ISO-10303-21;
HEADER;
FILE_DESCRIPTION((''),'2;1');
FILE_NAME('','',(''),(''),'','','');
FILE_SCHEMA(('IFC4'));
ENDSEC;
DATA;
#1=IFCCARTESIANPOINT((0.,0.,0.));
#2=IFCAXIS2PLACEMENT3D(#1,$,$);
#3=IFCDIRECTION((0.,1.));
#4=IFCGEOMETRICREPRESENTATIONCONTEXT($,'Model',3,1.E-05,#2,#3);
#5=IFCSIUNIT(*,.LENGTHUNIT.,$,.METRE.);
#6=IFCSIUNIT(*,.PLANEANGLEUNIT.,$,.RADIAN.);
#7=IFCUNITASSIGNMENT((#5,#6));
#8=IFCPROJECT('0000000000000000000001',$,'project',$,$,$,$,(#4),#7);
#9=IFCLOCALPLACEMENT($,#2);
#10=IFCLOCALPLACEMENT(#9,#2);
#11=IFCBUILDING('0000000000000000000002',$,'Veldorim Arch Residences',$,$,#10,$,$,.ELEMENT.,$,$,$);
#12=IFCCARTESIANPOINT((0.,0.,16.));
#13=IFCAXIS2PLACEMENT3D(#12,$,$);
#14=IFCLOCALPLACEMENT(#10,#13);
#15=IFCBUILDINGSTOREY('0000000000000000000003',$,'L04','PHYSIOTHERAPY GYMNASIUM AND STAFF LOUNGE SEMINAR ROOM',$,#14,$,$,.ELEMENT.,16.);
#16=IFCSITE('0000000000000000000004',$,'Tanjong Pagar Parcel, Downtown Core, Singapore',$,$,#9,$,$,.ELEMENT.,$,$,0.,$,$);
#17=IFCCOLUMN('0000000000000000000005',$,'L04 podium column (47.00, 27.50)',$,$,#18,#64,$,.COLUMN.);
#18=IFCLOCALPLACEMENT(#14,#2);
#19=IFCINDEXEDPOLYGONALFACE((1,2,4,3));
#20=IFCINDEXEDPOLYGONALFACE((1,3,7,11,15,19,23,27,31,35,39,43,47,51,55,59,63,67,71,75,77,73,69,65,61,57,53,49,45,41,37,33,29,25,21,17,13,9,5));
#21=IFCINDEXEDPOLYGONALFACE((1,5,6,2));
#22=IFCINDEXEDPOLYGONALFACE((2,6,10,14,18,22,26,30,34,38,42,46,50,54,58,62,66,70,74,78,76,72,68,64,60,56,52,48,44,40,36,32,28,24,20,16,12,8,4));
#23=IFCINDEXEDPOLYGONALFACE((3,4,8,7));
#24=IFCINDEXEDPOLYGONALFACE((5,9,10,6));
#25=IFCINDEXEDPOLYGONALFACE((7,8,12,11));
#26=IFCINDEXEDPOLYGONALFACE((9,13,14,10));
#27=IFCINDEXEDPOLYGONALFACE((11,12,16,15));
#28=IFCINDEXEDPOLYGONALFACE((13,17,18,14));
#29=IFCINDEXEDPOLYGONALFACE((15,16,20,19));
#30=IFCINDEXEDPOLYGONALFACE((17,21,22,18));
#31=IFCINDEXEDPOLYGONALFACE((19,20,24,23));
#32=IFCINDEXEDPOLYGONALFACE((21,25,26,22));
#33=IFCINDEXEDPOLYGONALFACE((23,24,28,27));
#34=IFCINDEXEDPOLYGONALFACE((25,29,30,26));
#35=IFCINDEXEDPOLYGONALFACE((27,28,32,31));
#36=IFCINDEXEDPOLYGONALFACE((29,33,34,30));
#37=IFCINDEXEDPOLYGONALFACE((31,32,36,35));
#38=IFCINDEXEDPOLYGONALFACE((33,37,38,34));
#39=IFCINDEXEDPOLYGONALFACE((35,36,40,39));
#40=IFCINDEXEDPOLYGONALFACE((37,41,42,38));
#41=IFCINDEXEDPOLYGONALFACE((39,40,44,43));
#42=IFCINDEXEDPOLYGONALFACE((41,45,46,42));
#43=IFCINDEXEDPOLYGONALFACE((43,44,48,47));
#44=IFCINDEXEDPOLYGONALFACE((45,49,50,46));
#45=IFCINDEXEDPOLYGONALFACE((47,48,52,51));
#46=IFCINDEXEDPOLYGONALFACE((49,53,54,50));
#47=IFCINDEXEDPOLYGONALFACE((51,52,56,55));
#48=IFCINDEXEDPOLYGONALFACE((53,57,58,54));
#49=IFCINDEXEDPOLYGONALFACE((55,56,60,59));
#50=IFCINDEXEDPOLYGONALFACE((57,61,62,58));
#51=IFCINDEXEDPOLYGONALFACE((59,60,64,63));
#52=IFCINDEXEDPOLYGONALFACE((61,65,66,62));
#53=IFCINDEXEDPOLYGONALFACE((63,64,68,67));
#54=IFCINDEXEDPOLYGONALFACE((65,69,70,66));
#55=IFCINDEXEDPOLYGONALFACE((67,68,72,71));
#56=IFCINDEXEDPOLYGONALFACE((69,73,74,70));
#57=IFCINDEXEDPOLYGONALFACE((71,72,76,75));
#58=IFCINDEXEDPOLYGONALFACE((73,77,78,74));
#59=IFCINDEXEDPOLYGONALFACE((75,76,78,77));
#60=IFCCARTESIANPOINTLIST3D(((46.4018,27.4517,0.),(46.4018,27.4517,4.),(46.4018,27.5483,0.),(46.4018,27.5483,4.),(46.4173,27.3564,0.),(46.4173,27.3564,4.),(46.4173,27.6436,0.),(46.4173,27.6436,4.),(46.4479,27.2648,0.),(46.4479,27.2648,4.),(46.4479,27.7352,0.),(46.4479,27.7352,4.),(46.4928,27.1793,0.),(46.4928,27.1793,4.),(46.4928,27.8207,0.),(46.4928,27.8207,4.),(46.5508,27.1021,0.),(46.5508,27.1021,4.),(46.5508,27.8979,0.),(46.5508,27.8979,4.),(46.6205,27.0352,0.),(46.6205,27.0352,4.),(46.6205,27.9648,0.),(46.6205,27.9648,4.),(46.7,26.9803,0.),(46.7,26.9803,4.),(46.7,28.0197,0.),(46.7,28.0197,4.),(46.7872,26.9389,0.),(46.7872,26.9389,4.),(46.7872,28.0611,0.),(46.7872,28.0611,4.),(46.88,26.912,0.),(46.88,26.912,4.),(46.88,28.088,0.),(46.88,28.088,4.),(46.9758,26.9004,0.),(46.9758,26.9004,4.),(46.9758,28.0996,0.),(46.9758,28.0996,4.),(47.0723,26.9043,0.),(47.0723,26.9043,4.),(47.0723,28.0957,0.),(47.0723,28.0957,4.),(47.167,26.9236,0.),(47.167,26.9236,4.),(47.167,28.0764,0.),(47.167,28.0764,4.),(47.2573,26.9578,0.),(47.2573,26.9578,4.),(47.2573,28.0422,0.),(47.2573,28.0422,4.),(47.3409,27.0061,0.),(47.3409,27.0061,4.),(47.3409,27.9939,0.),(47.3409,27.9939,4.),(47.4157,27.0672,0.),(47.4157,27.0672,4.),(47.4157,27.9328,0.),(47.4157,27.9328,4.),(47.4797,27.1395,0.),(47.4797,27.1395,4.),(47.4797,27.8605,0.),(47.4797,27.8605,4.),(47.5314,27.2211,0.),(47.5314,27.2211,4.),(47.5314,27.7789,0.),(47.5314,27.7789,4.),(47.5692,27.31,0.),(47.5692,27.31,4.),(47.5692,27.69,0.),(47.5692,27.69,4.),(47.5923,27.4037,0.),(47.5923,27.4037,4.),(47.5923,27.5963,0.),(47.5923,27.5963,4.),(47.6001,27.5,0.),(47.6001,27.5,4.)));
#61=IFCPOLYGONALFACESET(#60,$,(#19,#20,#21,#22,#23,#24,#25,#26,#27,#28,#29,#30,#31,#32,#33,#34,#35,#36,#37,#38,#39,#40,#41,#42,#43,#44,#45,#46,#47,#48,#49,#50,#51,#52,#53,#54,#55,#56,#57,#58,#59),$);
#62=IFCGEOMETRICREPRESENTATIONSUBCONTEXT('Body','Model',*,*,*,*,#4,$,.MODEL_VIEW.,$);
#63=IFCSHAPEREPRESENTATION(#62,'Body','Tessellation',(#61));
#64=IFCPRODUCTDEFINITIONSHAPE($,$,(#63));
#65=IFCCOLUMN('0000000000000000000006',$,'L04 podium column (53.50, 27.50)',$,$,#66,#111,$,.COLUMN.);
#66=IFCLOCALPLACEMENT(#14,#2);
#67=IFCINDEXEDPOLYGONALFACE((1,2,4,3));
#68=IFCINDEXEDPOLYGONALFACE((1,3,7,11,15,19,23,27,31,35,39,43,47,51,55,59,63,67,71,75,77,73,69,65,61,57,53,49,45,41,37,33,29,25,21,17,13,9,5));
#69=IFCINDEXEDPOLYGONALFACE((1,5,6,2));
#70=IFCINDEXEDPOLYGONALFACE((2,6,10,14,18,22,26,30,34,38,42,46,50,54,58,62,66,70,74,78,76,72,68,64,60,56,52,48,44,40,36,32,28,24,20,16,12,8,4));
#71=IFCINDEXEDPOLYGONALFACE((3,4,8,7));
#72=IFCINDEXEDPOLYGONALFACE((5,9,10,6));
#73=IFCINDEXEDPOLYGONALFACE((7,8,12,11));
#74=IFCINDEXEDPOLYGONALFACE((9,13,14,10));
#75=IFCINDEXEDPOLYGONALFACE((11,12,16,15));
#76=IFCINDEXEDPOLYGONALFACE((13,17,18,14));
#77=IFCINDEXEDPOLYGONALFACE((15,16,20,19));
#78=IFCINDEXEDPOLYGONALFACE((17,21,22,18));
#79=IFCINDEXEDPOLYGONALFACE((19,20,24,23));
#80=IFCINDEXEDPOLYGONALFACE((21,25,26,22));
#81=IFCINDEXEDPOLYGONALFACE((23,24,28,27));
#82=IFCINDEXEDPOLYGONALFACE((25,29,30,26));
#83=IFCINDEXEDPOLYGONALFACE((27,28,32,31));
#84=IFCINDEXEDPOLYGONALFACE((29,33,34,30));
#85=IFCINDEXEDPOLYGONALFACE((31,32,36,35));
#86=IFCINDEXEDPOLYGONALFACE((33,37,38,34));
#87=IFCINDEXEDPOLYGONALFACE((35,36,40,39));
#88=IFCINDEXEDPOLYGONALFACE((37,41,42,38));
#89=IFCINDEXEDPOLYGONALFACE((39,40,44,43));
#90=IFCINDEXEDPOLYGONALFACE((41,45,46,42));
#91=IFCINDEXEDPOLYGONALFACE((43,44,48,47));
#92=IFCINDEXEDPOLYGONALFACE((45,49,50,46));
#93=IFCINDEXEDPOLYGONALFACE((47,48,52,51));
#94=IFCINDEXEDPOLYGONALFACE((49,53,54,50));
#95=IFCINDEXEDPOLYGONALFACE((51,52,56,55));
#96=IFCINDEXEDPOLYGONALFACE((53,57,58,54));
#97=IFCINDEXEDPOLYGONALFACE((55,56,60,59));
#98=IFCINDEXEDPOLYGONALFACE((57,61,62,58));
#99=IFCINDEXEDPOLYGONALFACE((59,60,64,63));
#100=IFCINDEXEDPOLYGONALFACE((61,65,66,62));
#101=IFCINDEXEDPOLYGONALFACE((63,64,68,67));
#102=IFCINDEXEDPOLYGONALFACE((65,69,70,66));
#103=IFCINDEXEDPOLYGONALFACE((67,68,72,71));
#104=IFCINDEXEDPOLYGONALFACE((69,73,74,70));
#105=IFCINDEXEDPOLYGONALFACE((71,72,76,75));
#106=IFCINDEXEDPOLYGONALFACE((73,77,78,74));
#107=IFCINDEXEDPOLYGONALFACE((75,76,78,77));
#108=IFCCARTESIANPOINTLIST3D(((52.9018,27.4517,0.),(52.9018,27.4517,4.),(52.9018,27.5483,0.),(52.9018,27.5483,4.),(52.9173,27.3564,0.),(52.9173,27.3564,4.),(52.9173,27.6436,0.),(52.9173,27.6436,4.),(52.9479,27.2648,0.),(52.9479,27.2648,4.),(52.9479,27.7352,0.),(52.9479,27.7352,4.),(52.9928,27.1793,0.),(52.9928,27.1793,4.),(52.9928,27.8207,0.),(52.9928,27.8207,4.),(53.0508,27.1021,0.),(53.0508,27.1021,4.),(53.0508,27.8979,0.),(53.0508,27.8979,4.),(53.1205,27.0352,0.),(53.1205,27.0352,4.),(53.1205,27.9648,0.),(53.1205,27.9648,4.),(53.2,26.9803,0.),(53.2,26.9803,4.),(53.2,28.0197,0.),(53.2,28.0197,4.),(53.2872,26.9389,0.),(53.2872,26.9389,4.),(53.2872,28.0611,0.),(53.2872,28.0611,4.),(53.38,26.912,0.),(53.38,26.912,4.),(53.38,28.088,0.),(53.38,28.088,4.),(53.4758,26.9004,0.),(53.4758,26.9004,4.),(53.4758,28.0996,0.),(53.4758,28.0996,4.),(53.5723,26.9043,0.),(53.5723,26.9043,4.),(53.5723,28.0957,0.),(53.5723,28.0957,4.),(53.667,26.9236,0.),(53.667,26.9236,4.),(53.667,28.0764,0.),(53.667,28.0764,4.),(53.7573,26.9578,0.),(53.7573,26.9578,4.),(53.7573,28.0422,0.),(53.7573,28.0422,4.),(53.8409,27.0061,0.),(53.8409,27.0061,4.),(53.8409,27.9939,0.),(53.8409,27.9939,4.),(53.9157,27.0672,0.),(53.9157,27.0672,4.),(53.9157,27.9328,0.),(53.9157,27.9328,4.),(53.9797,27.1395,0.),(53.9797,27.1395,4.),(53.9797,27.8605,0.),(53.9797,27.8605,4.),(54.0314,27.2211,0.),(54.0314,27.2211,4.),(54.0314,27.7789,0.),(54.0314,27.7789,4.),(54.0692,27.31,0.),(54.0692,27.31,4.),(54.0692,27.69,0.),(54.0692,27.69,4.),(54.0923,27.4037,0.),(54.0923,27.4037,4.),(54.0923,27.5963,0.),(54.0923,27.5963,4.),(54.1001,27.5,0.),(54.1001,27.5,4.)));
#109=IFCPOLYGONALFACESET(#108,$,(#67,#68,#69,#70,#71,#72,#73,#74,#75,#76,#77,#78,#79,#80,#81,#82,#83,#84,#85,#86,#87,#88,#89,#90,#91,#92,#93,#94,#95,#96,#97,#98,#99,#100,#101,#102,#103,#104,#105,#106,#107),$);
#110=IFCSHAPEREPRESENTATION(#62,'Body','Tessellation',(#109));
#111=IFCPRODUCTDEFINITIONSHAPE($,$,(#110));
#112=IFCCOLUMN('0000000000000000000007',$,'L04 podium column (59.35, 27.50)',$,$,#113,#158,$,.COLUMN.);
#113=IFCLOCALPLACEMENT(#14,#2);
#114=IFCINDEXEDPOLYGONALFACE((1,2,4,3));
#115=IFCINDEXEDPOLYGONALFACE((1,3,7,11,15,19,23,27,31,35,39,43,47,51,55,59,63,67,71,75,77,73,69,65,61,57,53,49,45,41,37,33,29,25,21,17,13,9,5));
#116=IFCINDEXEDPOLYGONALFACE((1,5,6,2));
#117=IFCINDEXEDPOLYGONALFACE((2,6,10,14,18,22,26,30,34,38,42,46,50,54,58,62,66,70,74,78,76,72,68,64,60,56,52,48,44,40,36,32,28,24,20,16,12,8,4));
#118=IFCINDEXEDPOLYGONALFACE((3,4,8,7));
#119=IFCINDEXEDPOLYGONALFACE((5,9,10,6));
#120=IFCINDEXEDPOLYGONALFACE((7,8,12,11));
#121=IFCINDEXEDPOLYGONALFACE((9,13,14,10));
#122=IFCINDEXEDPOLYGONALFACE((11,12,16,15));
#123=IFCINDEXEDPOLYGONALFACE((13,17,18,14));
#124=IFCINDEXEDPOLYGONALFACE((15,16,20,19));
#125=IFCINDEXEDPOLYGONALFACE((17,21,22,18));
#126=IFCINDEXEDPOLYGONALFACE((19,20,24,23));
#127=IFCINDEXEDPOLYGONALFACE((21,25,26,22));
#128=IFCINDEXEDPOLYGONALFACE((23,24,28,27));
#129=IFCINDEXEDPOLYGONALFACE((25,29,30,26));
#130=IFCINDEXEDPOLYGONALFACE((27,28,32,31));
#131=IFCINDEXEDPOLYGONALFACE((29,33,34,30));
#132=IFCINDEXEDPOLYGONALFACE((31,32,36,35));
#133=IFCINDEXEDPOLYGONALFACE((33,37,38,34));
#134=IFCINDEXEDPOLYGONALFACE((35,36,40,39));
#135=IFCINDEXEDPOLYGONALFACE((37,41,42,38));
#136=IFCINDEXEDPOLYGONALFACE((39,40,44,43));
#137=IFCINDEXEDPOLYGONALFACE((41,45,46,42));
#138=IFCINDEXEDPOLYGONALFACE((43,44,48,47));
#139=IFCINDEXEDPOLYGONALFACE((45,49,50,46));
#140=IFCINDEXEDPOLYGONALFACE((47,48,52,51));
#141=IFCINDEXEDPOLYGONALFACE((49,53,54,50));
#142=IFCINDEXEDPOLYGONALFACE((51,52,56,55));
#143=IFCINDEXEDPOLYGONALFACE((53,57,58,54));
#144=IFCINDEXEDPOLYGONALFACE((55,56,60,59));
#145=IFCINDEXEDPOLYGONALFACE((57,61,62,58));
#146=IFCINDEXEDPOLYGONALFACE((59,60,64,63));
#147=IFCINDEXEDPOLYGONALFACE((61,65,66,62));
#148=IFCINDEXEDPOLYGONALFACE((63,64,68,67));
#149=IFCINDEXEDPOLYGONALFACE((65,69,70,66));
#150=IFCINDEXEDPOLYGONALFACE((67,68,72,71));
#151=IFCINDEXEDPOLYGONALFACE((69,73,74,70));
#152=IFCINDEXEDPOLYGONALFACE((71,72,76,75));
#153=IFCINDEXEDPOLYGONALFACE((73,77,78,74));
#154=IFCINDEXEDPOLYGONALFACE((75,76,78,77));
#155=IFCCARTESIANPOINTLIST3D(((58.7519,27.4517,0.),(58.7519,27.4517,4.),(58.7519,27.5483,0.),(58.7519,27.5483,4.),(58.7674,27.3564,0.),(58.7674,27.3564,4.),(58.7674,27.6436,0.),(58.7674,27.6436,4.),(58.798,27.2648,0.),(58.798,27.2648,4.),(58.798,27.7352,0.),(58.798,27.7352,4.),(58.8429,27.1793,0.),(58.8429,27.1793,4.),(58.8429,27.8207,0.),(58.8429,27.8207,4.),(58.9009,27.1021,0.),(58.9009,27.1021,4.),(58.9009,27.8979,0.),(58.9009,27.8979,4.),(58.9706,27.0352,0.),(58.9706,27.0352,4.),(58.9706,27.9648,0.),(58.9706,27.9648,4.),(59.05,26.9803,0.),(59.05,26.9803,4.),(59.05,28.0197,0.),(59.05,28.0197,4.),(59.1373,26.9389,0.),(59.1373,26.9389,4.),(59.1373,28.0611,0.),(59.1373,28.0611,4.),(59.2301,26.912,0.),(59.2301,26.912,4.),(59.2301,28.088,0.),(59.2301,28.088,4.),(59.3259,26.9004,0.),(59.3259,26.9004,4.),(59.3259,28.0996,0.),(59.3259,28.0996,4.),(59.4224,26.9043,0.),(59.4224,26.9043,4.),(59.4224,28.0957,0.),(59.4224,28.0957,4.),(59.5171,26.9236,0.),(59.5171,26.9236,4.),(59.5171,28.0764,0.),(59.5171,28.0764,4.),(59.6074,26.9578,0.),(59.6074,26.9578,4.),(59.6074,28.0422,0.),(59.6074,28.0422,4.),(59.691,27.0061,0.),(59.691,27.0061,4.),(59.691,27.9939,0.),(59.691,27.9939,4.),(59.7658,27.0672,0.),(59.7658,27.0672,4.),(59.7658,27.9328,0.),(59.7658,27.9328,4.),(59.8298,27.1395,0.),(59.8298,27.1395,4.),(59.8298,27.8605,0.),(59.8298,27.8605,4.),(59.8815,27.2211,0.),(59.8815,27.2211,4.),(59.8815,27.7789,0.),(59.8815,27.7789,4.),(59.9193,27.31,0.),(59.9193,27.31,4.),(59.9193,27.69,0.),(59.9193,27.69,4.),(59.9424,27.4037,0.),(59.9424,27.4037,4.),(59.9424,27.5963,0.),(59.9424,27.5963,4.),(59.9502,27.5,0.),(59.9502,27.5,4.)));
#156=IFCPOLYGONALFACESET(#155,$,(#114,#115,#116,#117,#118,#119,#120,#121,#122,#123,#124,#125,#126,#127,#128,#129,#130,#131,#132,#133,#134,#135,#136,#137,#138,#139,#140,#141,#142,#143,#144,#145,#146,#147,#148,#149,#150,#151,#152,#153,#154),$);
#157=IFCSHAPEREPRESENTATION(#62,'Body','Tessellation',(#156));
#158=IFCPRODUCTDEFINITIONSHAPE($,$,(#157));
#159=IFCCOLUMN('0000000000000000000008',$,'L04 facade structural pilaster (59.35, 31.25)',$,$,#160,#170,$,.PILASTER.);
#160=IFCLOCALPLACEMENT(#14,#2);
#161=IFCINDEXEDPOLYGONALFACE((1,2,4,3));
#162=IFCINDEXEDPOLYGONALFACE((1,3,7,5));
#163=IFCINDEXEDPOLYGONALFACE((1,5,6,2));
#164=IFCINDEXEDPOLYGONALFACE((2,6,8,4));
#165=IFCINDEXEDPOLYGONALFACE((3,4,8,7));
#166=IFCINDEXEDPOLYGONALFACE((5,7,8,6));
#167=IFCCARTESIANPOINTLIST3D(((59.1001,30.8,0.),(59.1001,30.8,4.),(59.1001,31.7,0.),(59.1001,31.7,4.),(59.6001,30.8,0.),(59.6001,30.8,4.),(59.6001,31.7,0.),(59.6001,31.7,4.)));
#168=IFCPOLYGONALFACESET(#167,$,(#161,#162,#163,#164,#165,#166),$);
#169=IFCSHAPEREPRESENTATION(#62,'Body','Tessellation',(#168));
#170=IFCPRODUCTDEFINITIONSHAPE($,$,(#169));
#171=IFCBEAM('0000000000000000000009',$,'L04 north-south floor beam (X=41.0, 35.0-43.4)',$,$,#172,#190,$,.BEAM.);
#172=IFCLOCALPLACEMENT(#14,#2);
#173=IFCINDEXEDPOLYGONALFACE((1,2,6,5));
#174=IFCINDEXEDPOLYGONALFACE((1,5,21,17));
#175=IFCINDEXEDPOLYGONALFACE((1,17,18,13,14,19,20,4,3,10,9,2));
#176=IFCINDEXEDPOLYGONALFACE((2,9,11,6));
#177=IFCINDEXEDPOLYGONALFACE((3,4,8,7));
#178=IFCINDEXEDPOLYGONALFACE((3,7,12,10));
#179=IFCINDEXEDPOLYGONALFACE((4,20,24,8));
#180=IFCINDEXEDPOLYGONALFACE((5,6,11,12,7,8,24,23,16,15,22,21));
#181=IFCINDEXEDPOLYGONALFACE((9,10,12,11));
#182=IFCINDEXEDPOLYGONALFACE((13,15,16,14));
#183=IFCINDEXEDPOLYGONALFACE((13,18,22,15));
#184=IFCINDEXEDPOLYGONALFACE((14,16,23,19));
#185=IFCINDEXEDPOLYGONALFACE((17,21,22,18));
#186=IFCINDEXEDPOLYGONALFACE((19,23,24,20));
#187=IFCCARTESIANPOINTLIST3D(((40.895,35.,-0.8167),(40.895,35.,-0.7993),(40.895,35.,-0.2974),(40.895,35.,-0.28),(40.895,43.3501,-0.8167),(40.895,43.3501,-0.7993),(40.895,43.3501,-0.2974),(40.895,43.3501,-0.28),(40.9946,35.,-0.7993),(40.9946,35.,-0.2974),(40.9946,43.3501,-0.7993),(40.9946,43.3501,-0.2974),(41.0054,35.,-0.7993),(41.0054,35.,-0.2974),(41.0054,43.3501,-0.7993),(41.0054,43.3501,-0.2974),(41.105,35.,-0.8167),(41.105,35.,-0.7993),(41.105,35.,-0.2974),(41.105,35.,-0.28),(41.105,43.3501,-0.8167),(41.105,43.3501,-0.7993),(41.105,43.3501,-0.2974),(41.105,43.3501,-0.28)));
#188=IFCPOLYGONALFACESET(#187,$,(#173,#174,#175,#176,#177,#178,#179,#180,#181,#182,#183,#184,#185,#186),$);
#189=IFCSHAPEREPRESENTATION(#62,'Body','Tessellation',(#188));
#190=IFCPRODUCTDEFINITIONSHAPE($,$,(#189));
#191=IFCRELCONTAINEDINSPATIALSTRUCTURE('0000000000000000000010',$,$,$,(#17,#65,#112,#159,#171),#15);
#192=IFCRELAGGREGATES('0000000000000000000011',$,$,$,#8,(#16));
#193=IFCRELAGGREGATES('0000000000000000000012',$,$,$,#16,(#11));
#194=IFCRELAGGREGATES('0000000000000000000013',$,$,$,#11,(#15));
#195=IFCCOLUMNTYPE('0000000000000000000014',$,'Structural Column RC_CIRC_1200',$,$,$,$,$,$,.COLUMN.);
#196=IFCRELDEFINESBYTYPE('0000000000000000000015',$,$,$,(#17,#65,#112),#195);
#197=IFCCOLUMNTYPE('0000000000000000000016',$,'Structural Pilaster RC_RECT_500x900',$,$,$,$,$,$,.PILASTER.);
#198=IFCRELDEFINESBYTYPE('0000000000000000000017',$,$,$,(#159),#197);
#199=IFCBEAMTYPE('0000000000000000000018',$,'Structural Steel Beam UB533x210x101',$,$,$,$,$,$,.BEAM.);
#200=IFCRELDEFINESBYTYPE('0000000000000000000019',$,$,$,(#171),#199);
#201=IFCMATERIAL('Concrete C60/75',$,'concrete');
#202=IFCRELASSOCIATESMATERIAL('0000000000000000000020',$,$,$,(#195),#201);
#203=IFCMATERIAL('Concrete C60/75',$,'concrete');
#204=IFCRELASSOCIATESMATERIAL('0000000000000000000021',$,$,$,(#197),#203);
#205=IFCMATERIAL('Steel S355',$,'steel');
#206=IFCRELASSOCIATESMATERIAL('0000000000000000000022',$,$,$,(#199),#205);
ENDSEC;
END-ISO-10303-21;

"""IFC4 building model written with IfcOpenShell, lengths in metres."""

from ifc_helpers import new_model, si_unit, direction, frame, origin, origin_2d, place, context, subcontext, project, spatial, rectangle, circle, i_section, extrude, material, material_profile, profile_set, type_object, element, save


model = new_model("IFC4")

# Units and contexts
model_context = context("Model", 3, precision=1e-05, world=origin(), true_north=direction((0.0, 1.0)))
body_context = subcontext(model_context, "Body", "Model", "MODEL_VIEW")
ifc_project = project(units=[si_unit("LENGTHUNIT", "METRE"), si_unit("PLANEANGLEUNIT", "RADIAN")], contexts=[model_context])

# Site, building, storey
site_placement = place(None, origin())
site = spatial("IfcSite", under=ifc_project, at=site_placement, Name="Tanjong Pagar Parcel, Downtown Core, Singapore", CompositionType="ELEMENT", RefElevation=0.0)
building_placement = place(site_placement, origin())
building = spatial("IfcBuilding", under=site, at=building_placement, Name="Veldorim Arch Residences", CompositionType="ELEMENT")
storey_placement = place(building_placement, frame((0.0, 0.0, 16.0)))
storey = spatial("IfcBuildingStorey", under=building, at=storey_placement, Name="L04", Description="PHYSIOTHERAPY GYMNASIUM AND STAFF LOUNGE SEMINAR ROOM", CompositionType="ELEMENT", Elevation=16.0)

# Columns
ifc_material_1 = material(Name="Concrete C60/75", Category="concrete")
ifc_material_profile_1 = material_profile(ifc_material_1, circle(Radius=0.6001, at=origin_2d()), Name="RC_CIRC_1200")
ifc_profile_set_1 = profile_set([ifc_material_profile_1], Name="Concrete C60/75")
column_type_1 = type_object("IfcColumnType", Name="Structural Column RC_CIRC_1200", PredefinedType="COLUMN", material=ifc_profile_set_1)
for number, where, z_axis, x_axis, name in (
    (1, (47.0, 27.5, 0.0), (0.0, 0.0, 1.0), (1.0, 0.0, 0.0), "L04 podium column (47.00, 27.50)"),
    (2, (53.5, 27.5, 0.0), (0.0, 0.0, 1.0), (1.0, 0.0, 0.0), "L04 podium column (53.50, 27.50)"),
    (3, (59.3501, 27.5, 0.0), (0.0, 0.0, 1.0), (1.0, 0.0, 0.0), "L04 podium column (59.35, 27.50)"),
):
    element("IfcColumn", number, at=place(storey_placement, frame(where, z_axis=z_axis, x_axis=x_axis)), inside=storey, type_object=column_type_1, Name=name, PredefinedType="COLUMN", context=body_context, shape_type="SweptSolid", body=[
        extrude(circle(Radius=0.6001, at=origin_2d()), origin(), (0.0, 0.0, 1.0), 4.0),
    ])
ifc_material_2 = material(Name="Concrete C60/75", Category="concrete")
ifc_material_profile_2 = material_profile(ifc_material_2, rectangle(XDim=0.5, YDim=0.8999, at=origin_2d()), Name="RC_RECT_500x900")
ifc_profile_set_2 = profile_set([ifc_material_profile_2], Name="Concrete C60/75")
column_type_2 = type_object("IfcColumnType", Name="Structural Pilaster RC_RECT_500x900", PredefinedType="PILASTER", material=ifc_profile_set_2)
column_placement = place(storey_placement, frame((59.3501, 31.25, 0.0), z_axis=(0.0, 0.0, 1.0), x_axis=(1.0, 0.0, 0.0)))
element("IfcColumn", 4, at=column_placement, inside=storey, type_object=column_type_2, Name="L04 facade structural pilaster (59.35, 31.25)", PredefinedType="PILASTER", context=body_context, shape_type="SweptSolid", body=[
    extrude(rectangle(XDim=0.5, YDim=0.8999, at=origin_2d()), origin(), (0.0, 0.0, 1.0), 4.0),
])

# Beam
ifc_material_3 = material(Name="Steel S355", Category="steel")
ifc_material_profile_3 = material_profile(ifc_material_3, i_section(OverallWidth=0.21, OverallDepth=0.5366, WebThickness=0.0107, FlangeThickness=0.0173, at=origin_2d()), Name="UB533x210x101")
ifc_profile_set_3 = profile_set([ifc_material_profile_3], Name="Steel S355")
beam_type_1 = type_object("IfcBeamType", Name="Structural Steel Beam UB533x210x101", PredefinedType="BEAM", material=ifc_profile_set_3)
beam_1_placement = place(storey_placement, frame((41.0, 35.0, -0.5483), z_axis=(0.0, 1.0, 0.0), x_axis=(-1.0, 0.0, 0.0)))
element("IfcBeam", 5, at=beam_1_placement, inside=storey, type_object=beam_type_1, Name="L04 north-south floor beam (X=41.0, 35.0-43.4)", PredefinedType="BEAM", context=body_context, shape_type="SweptSolid", body=[
    extrude(i_section(OverallWidth=0.21, OverallDepth=0.5366, WebThickness=0.0107, FlangeThickness=0.0173, at=origin_2d()), origin(), (0.0, 0.0, 1.0), 8.3501),
])

save(model, "model.ifc")
